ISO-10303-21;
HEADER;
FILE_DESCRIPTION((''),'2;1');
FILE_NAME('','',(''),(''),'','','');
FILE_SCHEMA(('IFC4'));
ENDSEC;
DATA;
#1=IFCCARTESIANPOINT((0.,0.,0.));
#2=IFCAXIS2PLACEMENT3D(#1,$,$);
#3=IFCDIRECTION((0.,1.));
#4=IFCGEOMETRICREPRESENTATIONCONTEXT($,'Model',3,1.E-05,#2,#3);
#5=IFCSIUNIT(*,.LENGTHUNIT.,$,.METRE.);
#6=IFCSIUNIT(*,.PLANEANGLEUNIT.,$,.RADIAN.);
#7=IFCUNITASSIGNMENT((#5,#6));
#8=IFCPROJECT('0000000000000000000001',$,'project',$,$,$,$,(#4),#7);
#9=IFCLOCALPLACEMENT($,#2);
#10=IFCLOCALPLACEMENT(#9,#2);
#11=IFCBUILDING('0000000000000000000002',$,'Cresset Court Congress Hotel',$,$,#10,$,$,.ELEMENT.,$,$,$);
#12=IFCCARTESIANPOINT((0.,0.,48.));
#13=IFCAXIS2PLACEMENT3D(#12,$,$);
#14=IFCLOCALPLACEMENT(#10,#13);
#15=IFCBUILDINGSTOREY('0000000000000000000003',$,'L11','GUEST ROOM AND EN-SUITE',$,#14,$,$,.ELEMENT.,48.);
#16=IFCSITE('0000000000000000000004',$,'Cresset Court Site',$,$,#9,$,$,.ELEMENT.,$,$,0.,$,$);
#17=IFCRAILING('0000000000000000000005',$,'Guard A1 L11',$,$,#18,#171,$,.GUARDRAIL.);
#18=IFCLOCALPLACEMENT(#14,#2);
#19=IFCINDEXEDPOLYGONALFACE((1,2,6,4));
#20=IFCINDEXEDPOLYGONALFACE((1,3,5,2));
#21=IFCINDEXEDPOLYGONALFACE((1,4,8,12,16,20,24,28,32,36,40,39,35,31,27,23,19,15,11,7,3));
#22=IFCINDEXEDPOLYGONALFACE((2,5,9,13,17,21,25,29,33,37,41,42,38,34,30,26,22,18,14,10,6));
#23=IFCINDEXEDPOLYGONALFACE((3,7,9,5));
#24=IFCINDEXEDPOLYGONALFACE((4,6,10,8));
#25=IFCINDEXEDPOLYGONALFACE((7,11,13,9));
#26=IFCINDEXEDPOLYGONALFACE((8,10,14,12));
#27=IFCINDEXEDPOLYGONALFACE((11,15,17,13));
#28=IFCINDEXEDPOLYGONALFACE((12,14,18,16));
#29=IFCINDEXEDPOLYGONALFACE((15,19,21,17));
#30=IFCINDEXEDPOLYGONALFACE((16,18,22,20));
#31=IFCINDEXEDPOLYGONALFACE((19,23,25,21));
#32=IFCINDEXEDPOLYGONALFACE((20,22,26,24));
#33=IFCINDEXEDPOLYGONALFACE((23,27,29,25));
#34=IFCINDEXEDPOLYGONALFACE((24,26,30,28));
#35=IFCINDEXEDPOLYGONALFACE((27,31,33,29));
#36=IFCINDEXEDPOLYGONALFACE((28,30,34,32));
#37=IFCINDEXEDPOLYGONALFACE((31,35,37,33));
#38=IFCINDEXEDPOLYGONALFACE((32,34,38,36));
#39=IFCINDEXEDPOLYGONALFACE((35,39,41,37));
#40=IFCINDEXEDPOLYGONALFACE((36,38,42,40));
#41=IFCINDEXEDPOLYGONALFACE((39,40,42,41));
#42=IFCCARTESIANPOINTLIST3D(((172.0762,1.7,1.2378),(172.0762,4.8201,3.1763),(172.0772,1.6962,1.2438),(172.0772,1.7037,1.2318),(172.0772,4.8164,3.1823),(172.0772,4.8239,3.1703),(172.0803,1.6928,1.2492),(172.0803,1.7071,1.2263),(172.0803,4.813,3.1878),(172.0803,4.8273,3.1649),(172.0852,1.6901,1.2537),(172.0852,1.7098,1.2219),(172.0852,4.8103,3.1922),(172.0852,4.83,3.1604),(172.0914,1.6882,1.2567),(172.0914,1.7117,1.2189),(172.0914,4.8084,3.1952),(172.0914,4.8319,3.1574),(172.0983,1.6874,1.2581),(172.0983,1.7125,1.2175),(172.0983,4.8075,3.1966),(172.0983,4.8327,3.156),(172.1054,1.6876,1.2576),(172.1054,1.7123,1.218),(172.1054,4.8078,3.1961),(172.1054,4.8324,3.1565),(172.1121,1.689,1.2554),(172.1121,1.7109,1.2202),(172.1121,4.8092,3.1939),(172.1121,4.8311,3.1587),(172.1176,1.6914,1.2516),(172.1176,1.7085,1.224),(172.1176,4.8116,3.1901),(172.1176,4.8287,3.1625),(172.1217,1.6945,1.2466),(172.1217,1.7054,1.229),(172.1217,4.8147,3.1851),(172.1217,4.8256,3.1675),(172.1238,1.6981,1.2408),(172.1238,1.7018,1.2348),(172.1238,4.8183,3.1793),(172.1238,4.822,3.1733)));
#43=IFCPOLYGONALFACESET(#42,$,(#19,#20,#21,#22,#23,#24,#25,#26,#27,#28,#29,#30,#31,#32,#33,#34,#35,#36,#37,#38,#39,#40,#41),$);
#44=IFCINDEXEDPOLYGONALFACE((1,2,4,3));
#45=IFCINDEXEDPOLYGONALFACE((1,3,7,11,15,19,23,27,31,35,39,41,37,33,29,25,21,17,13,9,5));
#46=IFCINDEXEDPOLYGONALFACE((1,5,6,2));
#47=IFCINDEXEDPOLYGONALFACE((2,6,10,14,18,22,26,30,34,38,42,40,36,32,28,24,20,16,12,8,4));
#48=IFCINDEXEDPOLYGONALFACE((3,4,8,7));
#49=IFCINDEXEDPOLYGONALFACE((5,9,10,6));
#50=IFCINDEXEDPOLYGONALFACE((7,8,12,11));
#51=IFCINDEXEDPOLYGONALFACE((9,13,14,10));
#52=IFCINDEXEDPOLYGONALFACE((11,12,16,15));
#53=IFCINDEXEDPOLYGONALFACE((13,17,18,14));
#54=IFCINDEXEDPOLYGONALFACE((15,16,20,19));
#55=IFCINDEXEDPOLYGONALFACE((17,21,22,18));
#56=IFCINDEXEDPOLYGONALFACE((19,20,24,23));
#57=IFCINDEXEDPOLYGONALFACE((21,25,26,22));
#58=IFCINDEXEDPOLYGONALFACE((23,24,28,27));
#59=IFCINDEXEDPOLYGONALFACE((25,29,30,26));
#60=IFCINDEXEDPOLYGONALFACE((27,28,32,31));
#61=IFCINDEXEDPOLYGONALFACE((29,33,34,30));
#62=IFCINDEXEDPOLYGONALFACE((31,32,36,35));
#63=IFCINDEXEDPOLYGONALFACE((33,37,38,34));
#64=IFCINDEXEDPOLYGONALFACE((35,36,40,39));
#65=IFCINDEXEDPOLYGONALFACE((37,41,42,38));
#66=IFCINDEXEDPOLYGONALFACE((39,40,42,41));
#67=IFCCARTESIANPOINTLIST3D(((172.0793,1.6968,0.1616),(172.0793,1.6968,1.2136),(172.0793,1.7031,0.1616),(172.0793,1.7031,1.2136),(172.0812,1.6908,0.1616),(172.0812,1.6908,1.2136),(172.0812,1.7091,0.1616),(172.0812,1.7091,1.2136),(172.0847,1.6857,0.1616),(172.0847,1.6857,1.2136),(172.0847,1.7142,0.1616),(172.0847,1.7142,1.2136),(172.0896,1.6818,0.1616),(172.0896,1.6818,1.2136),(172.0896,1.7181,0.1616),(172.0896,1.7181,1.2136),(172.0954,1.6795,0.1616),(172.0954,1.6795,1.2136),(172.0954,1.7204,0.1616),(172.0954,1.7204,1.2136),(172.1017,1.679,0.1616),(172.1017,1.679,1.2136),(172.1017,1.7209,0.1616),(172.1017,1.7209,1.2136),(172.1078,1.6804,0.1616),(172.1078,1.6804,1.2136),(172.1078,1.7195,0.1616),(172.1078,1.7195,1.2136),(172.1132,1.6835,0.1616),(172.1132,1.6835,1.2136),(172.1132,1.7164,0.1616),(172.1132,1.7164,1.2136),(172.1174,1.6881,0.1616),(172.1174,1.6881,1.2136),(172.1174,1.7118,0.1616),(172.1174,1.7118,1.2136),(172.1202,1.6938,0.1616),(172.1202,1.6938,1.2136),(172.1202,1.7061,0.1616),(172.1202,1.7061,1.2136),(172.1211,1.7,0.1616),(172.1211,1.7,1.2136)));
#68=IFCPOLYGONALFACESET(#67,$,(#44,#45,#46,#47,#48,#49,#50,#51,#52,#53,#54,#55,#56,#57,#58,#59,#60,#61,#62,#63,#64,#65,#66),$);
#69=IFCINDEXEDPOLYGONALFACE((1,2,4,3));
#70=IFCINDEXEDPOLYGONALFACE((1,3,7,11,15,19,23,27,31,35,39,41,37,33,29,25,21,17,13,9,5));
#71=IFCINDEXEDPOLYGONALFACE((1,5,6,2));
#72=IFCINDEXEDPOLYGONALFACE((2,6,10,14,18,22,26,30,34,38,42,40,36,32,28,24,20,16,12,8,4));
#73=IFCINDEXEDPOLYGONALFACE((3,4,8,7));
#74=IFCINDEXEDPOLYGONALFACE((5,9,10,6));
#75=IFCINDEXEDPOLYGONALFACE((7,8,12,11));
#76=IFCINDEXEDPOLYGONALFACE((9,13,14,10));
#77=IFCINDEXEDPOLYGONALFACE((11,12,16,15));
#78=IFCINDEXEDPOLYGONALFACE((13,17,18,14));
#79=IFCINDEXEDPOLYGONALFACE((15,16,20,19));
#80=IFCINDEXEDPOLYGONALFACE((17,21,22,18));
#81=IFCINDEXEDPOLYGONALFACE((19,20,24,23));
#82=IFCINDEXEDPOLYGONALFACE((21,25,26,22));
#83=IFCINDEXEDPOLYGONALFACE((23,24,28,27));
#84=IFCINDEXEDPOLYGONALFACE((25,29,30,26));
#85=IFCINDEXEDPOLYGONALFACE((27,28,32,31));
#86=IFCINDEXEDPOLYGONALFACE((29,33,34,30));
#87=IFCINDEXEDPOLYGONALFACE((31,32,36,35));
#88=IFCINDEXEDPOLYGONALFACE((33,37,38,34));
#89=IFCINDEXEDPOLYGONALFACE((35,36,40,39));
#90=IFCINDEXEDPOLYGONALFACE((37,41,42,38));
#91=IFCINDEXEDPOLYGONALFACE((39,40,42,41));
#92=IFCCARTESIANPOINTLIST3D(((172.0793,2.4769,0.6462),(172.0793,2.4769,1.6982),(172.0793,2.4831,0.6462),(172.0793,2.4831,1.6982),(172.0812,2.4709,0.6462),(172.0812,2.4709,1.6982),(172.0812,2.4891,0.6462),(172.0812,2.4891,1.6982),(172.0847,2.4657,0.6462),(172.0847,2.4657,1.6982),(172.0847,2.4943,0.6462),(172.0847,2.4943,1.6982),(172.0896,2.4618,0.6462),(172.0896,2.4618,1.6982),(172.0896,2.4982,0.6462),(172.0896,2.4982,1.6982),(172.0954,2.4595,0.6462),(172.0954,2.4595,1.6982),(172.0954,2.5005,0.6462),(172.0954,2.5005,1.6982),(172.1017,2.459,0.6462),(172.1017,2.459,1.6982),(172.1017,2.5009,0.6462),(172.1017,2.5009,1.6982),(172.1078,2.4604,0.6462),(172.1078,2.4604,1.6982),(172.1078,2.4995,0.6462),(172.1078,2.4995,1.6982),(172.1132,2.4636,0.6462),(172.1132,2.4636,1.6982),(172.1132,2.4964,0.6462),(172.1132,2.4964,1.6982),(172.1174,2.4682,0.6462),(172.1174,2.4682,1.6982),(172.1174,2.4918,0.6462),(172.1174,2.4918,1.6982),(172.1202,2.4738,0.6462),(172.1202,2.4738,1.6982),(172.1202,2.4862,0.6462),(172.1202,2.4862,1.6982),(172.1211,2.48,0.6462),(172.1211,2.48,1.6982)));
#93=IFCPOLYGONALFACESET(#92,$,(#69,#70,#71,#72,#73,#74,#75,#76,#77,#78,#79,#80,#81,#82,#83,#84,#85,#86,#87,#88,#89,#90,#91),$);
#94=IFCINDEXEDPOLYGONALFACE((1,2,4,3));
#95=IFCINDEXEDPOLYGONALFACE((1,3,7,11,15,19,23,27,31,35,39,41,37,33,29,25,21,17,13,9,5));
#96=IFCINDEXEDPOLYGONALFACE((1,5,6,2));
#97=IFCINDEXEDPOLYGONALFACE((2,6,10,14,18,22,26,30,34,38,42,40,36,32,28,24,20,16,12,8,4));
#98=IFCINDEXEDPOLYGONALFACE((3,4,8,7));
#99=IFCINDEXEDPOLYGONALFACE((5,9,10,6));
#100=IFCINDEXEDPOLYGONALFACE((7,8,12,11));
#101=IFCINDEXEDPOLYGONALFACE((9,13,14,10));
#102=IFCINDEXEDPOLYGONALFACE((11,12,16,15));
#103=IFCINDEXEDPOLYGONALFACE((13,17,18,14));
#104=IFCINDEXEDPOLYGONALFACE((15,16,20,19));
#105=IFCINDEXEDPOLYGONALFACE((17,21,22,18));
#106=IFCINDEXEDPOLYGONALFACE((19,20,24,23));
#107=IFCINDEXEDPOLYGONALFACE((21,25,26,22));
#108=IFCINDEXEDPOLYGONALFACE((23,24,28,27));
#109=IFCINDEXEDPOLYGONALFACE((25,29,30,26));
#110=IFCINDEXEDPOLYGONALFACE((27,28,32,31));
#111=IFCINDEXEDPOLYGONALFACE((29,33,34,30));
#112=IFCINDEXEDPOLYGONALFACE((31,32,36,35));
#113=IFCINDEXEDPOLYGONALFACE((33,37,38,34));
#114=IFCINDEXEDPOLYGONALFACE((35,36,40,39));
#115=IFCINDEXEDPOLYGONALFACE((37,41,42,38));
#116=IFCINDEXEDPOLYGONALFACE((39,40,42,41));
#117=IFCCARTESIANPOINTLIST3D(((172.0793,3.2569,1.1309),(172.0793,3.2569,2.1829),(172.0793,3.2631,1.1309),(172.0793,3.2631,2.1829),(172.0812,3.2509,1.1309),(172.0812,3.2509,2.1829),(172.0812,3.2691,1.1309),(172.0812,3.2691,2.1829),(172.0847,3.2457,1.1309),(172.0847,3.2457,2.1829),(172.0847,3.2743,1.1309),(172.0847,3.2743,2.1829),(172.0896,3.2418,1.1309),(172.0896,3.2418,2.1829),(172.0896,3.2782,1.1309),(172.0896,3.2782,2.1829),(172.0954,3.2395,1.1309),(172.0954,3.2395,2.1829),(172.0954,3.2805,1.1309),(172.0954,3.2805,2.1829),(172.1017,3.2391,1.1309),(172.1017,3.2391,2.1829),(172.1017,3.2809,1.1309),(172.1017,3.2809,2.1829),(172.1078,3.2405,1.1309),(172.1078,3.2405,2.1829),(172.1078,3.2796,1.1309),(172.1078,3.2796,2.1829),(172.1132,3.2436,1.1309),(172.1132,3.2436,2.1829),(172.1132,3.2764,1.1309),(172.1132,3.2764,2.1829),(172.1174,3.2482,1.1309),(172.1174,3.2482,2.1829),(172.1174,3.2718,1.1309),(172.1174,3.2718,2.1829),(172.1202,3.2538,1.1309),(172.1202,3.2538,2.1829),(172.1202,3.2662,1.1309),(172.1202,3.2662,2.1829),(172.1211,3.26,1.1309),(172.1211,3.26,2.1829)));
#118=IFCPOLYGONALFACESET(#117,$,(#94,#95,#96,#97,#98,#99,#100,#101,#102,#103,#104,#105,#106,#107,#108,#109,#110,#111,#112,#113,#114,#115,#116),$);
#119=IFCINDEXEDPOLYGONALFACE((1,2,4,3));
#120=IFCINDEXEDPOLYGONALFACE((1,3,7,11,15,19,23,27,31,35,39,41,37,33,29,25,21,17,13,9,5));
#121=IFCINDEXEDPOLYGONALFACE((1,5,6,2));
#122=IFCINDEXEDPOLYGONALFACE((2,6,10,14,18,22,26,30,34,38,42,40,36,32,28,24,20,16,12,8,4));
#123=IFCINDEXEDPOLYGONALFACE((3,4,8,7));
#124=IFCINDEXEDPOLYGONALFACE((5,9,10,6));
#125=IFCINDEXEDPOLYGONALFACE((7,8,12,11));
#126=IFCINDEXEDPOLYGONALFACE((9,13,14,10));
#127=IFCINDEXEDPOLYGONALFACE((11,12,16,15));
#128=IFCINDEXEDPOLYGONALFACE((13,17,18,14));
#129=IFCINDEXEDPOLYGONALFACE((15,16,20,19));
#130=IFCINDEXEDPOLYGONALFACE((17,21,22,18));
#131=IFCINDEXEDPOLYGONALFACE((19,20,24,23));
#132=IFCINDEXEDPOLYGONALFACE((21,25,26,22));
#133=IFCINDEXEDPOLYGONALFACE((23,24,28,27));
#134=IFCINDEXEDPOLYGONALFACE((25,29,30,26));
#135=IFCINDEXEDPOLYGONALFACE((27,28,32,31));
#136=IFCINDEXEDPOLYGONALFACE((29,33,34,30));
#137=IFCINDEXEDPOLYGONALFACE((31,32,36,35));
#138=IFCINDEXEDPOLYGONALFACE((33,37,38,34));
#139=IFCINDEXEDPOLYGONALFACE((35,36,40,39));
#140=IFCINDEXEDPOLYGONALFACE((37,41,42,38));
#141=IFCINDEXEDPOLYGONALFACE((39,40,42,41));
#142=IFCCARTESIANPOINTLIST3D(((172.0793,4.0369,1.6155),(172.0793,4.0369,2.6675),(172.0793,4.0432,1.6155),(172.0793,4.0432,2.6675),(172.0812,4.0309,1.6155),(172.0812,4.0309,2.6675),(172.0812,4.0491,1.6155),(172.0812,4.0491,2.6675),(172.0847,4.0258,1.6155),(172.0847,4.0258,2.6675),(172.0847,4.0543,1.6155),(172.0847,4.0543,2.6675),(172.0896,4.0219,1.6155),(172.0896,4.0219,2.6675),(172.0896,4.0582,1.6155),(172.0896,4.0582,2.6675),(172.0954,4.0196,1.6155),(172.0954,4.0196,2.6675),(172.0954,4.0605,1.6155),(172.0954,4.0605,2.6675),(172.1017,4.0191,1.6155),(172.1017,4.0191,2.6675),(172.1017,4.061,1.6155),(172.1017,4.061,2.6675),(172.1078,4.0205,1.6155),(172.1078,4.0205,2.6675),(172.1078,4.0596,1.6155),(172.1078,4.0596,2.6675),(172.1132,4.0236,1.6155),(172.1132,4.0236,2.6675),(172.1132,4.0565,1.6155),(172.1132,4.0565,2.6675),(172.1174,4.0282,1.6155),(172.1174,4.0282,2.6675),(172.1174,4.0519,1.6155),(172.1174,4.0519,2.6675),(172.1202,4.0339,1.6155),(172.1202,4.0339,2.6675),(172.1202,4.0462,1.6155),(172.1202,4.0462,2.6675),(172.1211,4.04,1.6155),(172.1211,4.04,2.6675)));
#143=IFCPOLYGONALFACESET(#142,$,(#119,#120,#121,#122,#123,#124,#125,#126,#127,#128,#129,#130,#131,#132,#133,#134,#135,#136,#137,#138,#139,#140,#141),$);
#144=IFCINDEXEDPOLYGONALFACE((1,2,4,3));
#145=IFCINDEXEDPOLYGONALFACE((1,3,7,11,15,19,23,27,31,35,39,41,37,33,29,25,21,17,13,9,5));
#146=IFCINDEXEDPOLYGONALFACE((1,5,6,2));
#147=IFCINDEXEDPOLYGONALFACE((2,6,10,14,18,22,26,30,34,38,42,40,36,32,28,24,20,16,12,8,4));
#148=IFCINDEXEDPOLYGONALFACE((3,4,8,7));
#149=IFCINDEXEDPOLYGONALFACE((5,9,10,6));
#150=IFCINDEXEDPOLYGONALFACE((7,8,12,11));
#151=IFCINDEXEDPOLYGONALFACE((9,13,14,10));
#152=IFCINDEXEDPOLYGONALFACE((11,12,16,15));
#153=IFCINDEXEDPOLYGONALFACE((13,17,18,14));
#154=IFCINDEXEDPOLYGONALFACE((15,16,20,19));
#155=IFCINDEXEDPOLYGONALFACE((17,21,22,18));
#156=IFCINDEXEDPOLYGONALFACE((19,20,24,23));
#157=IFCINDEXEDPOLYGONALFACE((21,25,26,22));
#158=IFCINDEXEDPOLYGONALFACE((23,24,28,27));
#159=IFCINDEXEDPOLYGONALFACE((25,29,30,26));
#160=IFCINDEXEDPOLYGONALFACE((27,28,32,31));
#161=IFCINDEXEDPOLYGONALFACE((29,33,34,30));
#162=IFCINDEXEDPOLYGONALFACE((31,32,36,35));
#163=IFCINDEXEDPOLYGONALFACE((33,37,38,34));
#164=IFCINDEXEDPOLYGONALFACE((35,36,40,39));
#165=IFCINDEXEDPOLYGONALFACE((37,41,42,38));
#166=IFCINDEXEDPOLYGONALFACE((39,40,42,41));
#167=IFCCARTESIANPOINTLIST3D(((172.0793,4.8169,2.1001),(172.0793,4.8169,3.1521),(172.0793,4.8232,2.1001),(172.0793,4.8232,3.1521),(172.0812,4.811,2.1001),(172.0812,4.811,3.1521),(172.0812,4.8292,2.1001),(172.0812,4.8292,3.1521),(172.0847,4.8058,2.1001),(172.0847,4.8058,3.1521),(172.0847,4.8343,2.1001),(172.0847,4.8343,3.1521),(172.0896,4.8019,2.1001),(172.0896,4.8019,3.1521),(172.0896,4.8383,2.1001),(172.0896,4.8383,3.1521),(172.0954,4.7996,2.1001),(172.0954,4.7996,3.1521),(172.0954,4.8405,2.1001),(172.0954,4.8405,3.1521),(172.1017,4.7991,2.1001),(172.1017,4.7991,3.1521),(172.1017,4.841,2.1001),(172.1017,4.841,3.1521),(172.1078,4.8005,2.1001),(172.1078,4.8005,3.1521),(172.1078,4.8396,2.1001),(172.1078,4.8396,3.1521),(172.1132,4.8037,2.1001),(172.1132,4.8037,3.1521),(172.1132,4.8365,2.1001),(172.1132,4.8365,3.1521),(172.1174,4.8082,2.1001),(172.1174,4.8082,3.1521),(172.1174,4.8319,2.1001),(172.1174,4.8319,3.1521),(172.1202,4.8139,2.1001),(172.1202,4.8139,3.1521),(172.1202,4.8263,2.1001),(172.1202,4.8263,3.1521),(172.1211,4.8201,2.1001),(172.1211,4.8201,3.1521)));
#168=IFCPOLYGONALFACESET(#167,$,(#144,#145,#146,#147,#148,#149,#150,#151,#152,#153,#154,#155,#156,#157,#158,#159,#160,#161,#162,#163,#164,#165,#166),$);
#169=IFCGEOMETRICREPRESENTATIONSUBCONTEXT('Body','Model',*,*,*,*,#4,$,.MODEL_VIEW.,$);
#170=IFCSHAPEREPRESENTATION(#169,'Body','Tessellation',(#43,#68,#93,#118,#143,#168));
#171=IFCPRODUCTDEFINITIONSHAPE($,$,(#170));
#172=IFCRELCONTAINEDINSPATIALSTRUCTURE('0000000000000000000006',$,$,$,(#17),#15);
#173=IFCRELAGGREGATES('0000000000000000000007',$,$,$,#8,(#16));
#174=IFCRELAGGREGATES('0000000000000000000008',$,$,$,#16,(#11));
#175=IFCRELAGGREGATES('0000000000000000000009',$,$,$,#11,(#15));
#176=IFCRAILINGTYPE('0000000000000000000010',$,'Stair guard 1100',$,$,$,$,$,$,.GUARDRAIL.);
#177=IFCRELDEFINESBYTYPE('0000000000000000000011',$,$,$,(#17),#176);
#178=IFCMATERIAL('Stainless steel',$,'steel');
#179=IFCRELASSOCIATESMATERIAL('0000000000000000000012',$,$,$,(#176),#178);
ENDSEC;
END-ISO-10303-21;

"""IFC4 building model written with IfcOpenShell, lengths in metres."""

from ifc_helpers import new_model, si_unit, direction, frame, origin, origin_2d, place, context, subcontext, project, spatial, circle, extrude, material, type_object, element, save


model = new_model("IFC4")

# Units and contexts
model_context = context("Model", 3, precision=1e-05, world=origin(), true_north=direction((0.0, 1.0)))
body_context = subcontext(model_context, "Body", "Model", "MODEL_VIEW")
ifc_project = project(units=[si_unit("LENGTHUNIT", "METRE"), si_unit("PLANEANGLEUNIT", "RADIAN")], contexts=[model_context])

# Site, building, storey
site_placement = place(None, origin())
site = spatial("IfcSite", under=ifc_project, at=site_placement, Name="Cresset Court Site", CompositionType="ELEMENT", RefElevation=0.0)
building_placement = place(site_placement, origin())
building = spatial("IfcBuilding", under=site, at=building_placement, Name="Cresset Court Congress Hotel", CompositionType="ELEMENT")
storey_placement = place(building_placement, frame((0.0, 0.0, 48.0)))
storey = spatial("IfcBuildingStorey", under=building, at=storey_placement, Name="L11", Description="GUEST ROOM AND EN-SUITE", CompositionType="ELEMENT", Elevation=48.0)

# Railing
ifc_material_1 = material(Name="Stainless steel", Category="steel")
railing_type_1 = type_object("IfcRailingType", Name="Stair guard 1100", PredefinedType="GUARDRAIL", material=ifc_material_1)
railing_1_placement = place(storey_placement, frame((172.1001, 1.7, 0.1616)))
element("IfcRailing", 1, at=railing_1_placement, inside=storey, type_object=railing_type_1, Name="Guard A1 L11", PredefinedType="GUARDRAIL", context=body_context, shape_type="SweptSolid", body=[
    extrude(circle(Radius=0.0239, at=origin_2d()), frame((0.0, 0.0, 1.0762), z_axis=(0.0, 0.849414, 0.527727), x_axis=(-1.0, 0.0, 0.0)), (0.0, 0.0, 1.0), 3.6733),
    extrude(circle(Radius=0.021, at=origin_2d()), origin(), (0.0, 0.0, 1.0), 1.052),
    extrude(circle(Radius=0.021, at=origin_2d()), frame((0.0, 0.78, 0.4846)), (0.0, 0.0, 1.0), 1.052),
    extrude(circle(Radius=0.021, at=origin_2d()), frame((0.0, 1.5601, 0.9692)), (0.0, 0.0, 1.0), 1.052),
    extrude(circle(Radius=0.021, at=origin_2d()), frame((0.0, 2.3401, 1.4539)), (0.0, 0.0, 1.0), 1.052),
    extrude(circle(Radius=0.021, at=origin_2d()), frame((0.0, 3.1201, 1.9385)), (0.0, 0.0, 1.0), 1.052),
])

save(model, "model.ifc")
